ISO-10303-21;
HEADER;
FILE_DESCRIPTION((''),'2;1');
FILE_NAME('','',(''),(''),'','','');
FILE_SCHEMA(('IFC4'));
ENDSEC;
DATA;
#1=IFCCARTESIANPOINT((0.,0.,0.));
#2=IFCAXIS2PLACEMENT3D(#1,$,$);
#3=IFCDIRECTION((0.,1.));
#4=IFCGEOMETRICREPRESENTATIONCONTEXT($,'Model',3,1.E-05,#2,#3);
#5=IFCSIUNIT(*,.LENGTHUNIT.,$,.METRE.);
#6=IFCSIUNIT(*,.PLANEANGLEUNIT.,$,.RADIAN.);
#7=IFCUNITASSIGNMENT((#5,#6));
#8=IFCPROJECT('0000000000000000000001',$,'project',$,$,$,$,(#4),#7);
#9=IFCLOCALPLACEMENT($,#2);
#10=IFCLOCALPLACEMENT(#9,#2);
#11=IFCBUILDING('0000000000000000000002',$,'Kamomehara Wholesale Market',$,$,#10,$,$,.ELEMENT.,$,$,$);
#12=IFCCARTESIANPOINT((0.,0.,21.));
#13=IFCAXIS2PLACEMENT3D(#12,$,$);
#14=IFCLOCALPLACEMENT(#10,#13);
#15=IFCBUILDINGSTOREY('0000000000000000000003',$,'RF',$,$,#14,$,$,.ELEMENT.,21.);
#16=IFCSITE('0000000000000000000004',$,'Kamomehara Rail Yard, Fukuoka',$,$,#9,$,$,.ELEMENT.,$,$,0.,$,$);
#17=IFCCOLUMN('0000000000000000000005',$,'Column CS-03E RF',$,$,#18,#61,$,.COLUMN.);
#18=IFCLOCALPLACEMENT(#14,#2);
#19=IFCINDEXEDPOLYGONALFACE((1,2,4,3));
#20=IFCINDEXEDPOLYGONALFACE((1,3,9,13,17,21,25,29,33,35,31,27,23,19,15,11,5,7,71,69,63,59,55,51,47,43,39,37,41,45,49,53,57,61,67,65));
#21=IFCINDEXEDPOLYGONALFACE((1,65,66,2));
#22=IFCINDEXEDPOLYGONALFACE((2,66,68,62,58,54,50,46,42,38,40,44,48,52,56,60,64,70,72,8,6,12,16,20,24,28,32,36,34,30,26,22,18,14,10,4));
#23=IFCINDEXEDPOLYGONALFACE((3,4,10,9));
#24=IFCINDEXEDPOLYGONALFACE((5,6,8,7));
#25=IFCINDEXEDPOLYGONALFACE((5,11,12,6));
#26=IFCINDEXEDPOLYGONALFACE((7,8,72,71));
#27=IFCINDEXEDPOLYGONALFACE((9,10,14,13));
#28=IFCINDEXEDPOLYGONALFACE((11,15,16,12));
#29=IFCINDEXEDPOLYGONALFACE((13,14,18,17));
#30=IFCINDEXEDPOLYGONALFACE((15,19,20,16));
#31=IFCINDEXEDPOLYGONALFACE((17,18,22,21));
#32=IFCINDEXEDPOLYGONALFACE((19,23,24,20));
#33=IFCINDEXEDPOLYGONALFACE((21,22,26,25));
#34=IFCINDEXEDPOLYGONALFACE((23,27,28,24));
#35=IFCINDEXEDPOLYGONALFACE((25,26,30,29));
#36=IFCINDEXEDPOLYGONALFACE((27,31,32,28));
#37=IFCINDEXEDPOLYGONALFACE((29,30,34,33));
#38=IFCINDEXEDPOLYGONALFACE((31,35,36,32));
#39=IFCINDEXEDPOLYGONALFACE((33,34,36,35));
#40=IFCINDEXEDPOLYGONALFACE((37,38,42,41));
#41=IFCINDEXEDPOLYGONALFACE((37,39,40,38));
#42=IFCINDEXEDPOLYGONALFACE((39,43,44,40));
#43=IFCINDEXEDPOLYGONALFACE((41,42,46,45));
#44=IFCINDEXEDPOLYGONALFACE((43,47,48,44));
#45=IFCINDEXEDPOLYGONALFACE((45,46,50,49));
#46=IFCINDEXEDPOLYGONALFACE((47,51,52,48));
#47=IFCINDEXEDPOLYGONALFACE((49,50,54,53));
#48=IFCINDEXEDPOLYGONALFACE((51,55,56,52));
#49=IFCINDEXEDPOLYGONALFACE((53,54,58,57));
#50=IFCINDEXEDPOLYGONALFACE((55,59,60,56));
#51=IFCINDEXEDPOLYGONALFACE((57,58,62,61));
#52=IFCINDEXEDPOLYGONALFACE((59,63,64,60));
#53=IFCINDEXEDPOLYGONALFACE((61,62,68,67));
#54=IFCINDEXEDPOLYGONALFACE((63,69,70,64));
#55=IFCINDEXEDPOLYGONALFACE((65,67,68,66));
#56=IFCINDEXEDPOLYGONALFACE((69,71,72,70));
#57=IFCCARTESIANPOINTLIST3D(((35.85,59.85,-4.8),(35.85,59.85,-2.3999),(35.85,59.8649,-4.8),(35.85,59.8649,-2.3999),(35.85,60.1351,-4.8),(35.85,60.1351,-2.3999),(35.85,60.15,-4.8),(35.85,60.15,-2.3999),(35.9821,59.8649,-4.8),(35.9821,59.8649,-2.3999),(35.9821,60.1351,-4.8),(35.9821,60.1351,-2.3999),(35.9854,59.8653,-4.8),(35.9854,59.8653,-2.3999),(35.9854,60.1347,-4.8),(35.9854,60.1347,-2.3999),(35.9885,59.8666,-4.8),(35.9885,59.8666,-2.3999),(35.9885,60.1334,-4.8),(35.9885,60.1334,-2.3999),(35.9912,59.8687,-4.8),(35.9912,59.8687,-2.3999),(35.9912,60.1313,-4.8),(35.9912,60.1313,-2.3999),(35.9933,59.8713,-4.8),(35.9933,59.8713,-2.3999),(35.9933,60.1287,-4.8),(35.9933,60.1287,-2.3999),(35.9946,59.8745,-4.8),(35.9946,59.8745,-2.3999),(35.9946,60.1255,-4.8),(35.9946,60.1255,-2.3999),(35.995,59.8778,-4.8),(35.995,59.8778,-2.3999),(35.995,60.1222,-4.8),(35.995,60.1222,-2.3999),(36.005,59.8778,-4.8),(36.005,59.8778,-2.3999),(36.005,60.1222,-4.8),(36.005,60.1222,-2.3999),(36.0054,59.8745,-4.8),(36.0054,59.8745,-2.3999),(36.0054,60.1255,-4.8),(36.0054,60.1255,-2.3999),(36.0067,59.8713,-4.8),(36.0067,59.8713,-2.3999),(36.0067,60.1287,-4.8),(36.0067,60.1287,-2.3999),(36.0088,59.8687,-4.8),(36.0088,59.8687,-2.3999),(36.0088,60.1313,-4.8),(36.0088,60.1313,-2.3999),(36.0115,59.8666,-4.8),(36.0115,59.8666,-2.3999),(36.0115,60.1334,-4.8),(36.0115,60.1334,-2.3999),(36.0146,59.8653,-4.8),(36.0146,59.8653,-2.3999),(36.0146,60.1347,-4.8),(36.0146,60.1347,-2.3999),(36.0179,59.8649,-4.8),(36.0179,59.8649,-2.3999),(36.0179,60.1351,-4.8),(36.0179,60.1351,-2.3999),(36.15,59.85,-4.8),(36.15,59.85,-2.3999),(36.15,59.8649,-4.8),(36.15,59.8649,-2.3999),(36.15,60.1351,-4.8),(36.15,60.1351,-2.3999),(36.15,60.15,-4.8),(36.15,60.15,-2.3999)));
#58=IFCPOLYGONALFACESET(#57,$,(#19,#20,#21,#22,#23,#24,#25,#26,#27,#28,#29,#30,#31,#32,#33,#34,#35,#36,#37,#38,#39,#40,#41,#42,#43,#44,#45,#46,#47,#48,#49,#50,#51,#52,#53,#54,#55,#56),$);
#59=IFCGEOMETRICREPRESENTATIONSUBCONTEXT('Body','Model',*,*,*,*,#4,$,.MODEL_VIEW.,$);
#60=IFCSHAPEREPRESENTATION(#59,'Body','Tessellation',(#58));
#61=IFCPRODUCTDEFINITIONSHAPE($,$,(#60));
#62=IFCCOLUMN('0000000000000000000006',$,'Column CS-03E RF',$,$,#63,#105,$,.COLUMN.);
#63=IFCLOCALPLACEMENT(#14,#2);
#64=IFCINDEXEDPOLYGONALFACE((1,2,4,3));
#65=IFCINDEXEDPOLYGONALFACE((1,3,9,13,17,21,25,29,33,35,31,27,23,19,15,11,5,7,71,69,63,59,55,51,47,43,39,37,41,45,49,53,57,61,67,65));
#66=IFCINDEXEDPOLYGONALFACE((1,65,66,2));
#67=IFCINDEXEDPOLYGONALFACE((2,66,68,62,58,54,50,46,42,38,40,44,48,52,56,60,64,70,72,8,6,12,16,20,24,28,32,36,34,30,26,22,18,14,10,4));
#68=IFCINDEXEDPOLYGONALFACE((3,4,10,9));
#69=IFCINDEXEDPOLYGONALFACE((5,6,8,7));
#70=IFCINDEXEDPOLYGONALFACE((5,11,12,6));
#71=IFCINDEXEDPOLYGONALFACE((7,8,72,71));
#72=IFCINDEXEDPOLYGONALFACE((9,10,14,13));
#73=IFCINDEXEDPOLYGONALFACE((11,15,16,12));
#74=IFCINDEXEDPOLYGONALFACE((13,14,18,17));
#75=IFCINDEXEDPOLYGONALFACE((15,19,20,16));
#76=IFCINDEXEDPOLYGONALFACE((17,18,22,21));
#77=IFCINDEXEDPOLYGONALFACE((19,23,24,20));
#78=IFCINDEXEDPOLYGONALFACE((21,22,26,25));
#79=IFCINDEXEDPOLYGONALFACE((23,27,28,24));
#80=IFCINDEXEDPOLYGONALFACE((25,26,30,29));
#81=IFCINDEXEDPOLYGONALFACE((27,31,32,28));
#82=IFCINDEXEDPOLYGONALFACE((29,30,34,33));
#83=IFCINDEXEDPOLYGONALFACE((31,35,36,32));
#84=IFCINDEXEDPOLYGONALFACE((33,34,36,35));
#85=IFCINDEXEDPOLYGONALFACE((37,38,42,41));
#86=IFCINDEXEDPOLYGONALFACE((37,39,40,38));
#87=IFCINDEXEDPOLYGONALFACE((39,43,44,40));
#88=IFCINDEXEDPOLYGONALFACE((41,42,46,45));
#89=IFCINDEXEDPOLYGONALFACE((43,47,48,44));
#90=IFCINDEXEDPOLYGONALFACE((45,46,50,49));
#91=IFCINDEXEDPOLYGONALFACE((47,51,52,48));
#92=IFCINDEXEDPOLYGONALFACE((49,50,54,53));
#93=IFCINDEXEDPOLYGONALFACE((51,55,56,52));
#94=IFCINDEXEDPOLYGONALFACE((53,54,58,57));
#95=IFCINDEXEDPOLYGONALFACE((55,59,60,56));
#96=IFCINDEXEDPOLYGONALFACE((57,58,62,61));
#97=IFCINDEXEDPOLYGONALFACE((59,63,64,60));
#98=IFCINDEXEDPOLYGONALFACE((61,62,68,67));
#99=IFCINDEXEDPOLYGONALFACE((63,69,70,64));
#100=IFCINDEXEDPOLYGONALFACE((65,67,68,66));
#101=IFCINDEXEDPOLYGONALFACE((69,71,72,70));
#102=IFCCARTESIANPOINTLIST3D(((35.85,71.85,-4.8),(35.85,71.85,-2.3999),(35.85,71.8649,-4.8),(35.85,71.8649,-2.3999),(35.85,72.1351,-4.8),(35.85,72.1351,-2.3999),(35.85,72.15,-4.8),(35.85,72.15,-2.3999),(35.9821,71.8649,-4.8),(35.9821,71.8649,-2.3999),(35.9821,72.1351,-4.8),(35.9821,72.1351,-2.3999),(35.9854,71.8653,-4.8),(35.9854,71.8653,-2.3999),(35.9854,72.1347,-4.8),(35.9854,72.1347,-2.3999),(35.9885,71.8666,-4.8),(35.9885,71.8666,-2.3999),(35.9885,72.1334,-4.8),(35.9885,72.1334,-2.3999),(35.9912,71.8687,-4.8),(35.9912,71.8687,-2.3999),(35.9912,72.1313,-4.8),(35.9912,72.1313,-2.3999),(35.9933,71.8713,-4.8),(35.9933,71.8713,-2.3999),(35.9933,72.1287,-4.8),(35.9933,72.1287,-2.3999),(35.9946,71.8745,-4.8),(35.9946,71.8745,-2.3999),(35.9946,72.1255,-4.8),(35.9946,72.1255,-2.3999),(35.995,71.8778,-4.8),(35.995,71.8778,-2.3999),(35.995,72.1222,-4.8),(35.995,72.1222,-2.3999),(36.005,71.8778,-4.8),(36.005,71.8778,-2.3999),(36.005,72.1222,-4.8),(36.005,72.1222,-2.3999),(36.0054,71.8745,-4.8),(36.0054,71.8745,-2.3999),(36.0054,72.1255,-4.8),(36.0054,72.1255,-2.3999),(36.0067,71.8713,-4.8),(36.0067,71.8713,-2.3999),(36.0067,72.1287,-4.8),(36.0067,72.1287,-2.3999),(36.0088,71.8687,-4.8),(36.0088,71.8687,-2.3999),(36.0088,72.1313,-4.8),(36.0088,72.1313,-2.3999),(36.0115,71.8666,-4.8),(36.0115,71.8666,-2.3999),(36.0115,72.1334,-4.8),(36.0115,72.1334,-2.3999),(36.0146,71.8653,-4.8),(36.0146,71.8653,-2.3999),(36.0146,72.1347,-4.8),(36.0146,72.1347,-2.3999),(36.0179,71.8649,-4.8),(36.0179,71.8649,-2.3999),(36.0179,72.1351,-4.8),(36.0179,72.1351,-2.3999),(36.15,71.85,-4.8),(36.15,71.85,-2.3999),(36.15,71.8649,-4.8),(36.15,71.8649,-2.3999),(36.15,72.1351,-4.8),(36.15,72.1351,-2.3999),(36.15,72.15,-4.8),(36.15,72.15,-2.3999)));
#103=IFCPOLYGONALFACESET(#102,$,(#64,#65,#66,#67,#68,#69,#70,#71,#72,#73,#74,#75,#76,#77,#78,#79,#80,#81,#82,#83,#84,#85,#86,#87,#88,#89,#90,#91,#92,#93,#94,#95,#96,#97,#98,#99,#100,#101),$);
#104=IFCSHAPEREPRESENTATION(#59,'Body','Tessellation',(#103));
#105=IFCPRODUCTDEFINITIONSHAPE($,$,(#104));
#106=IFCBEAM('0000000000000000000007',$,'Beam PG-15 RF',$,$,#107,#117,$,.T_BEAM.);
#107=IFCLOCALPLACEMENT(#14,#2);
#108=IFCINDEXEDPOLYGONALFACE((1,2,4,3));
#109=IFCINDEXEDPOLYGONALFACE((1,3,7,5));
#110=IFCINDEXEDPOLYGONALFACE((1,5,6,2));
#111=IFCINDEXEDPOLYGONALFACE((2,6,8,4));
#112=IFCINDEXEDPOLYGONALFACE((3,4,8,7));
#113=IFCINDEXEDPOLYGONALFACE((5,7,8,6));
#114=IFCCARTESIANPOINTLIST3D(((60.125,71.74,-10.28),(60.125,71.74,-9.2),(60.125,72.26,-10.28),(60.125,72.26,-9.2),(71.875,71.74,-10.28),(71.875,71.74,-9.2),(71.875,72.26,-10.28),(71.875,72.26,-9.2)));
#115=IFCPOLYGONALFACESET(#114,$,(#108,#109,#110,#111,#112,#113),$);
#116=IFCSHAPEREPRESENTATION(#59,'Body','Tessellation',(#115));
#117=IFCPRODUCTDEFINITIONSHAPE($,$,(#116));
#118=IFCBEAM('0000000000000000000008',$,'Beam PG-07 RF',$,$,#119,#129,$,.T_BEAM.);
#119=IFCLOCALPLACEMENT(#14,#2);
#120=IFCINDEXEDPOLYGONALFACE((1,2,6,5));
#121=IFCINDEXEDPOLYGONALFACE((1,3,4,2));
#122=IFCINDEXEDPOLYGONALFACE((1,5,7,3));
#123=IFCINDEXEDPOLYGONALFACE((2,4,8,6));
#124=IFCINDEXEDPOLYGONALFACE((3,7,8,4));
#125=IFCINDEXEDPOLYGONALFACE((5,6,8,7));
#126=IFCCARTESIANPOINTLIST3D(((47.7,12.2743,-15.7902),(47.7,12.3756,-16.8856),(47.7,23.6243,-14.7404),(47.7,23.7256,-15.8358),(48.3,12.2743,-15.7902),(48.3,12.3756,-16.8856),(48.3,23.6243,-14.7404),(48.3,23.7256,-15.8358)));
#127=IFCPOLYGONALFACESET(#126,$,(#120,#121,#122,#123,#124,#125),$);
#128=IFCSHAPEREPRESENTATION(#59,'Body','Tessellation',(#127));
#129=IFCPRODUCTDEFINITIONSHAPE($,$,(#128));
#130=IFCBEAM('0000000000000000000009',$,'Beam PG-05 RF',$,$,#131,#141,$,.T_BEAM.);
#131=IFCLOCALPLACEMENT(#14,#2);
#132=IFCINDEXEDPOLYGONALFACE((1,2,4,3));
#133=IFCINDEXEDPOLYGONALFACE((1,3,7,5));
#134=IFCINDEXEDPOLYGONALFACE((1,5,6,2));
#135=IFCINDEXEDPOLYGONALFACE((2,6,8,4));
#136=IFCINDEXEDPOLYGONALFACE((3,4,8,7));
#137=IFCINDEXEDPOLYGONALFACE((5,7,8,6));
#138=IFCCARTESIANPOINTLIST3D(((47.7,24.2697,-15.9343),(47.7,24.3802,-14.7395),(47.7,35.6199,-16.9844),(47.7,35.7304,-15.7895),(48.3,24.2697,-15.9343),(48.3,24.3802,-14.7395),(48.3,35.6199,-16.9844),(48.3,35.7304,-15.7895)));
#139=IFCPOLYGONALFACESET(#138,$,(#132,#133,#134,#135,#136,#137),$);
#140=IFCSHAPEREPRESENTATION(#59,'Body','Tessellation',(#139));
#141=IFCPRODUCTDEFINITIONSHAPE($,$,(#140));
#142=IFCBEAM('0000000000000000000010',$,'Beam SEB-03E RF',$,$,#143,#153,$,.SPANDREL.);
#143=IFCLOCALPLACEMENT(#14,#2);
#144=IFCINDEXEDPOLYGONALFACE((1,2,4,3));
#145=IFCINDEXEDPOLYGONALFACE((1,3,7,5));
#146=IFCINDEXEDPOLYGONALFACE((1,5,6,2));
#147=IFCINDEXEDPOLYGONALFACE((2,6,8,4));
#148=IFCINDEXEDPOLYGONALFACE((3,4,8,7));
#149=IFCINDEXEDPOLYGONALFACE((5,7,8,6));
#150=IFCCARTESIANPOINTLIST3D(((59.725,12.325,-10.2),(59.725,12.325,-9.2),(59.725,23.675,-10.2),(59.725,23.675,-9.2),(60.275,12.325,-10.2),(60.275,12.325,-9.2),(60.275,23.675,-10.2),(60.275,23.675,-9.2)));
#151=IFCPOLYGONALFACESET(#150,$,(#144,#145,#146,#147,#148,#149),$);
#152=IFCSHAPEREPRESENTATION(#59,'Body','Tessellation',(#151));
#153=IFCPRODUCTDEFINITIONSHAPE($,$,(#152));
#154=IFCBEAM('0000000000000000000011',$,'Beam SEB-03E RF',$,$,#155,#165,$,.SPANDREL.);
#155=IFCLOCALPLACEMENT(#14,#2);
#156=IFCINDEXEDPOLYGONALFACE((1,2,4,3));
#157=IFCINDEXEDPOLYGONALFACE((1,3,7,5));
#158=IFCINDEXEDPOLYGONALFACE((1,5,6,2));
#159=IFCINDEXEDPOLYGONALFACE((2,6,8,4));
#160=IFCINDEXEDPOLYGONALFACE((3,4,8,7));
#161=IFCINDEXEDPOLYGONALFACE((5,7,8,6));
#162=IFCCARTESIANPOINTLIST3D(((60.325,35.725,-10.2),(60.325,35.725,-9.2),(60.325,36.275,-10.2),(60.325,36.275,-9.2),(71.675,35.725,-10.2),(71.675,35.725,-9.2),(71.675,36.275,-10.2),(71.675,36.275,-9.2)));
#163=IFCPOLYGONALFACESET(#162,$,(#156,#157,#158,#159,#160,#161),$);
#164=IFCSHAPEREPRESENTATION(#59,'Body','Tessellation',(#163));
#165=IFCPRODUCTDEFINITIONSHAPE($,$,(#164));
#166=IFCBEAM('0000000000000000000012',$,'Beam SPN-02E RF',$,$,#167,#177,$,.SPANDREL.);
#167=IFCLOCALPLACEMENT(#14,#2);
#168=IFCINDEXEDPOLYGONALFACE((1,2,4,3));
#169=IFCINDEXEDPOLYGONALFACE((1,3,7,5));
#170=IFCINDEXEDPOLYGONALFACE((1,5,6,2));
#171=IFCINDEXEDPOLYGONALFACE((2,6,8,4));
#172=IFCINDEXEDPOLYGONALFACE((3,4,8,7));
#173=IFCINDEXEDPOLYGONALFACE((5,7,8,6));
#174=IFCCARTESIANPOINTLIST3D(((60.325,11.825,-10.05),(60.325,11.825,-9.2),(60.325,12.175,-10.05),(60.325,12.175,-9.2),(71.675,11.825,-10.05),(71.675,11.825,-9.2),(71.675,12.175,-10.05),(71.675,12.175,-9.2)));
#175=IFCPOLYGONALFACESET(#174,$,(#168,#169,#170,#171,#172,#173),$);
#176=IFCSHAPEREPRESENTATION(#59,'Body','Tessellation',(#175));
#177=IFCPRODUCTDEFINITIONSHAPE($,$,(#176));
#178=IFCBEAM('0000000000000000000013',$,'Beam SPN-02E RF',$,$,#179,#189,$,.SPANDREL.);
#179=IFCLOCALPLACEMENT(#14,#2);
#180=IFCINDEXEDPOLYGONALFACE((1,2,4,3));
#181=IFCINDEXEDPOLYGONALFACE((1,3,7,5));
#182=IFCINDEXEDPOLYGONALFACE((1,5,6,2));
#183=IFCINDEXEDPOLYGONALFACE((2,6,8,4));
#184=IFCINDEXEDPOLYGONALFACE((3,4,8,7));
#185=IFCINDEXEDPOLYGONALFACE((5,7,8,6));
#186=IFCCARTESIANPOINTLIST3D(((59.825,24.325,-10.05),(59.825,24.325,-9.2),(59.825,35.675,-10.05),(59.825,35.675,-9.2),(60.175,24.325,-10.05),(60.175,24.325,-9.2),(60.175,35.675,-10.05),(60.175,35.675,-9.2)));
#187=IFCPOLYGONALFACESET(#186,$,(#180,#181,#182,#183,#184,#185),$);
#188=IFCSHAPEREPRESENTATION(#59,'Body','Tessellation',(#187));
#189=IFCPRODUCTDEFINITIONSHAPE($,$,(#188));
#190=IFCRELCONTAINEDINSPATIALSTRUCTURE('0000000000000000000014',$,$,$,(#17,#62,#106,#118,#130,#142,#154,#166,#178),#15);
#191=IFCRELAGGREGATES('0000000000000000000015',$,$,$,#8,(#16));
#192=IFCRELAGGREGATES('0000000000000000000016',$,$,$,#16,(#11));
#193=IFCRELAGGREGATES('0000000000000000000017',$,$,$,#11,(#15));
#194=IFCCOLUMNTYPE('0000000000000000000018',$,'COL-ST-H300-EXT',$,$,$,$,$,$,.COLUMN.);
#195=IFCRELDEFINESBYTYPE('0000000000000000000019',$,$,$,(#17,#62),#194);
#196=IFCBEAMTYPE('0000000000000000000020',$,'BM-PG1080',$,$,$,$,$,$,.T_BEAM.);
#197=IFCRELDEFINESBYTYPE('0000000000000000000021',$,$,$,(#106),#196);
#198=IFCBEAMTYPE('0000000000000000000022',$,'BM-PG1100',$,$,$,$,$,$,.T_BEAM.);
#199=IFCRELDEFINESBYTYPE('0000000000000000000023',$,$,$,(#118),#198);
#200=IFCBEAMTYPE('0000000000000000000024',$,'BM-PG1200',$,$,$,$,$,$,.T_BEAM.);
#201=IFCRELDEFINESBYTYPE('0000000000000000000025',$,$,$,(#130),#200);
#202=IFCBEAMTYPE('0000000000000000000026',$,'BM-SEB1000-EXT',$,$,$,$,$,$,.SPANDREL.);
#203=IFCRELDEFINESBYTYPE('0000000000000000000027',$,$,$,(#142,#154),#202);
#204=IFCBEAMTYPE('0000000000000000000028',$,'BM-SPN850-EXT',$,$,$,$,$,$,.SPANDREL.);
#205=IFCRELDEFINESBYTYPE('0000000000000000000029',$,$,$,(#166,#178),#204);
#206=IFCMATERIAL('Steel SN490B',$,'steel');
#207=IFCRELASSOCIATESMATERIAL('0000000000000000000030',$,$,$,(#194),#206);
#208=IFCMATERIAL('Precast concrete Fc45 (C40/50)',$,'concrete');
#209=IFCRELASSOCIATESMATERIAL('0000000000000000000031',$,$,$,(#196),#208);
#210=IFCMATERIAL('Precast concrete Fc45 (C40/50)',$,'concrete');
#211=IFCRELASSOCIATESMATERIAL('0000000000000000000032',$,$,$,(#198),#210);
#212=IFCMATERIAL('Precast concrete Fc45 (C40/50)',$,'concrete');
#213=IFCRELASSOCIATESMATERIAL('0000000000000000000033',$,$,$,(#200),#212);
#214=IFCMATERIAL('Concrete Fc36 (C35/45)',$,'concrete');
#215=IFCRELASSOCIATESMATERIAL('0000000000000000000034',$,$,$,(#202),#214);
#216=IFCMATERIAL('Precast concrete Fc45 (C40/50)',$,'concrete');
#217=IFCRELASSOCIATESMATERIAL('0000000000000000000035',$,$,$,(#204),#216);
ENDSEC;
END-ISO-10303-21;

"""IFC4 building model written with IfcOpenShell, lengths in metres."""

from ifc_helpers import new_model, si_unit, direction, frame, origin, origin_2d, place, context, subcontext, project, spatial, rectangle, i_section, extrude, material, material_profile, profile_set, type_object, element, save


model = new_model("IFC4")

# Units and contexts
model_context = context("Model", 3, precision=1e-05, world=origin(), true_north=direction((0.0, 1.0)))
body_context = subcontext(model_context, "Body", "Model", "MODEL_VIEW")
ifc_project = project(units=[si_unit("LENGTHUNIT", "METRE"), si_unit("PLANEANGLEUNIT", "RADIAN")], contexts=[model_context])

# Site, building, storey
site_placement = place(None, origin())
site = spatial("IfcSite", under=ifc_project, at=site_placement, Name="Kamomehara Rail Yard, Fukuoka", CompositionType="ELEMENT", RefElevation=0.0)
building_placement = place(site_placement, origin())
building = spatial("IfcBuilding", under=site, at=building_placement, Name="Kamomehara Wholesale Market", CompositionType="ELEMENT")
storey_placement = place(building_placement, frame((0.0, 0.0, 21.0)))
storey = spatial("IfcBuildingStorey", under=building, at=storey_placement, Name="RF", CompositionType="ELEMENT", Elevation=21.0)

# Columns
ifc_material_1 = material(Name="Steel SN490B", Category="steel")
ifc_material_profile_1 = material_profile(ifc_material_1, i_section(OverallWidth=0.3, OverallDepth=0.3, WebThickness=0.01, FlangeThickness=0.0149, FilletRadius=0.0129, at=origin_2d()), Name="H-300x300x10x15")
ifc_profile_set_1 = profile_set([ifc_material_profile_1], Name="Steel SN490B")
column_type = type_object("IfcColumnType", Name="COL-ST-H300-EXT", PredefinedType="COLUMN", material=ifc_profile_set_1)
for number, where, z_axis, x_axis, name in (
    (1, (36.0, 60.0, -4.8), (0.0, 0.0, 1.0), (1.0, 0.0, 0.0), "Column CS-03E RF"),
    (2, (36.0, 72.0, -4.8), (0.0, 0.0, 1.0), (1.0, 0.0, 0.0), "Column CS-03E RF"),
):
    element("IfcColumn", number, at=place(storey_placement, frame(where, z_axis=z_axis, x_axis=x_axis)), inside=storey, type_object=column_type, Name=name, PredefinedType="COLUMN", context=body_context, shape_type="SweptSolid", body=[
        extrude(i_section(OverallWidth=0.3, OverallDepth=0.3, WebThickness=0.01, FlangeThickness=0.0149, FilletRadius=0.0129, at=origin_2d()), origin(), (0.0, 0.0, 1.0), 2.4001),
    ])

# Beams
ifc_material_2 = material(Name="Precast concrete Fc45 (C40/50)", Category="concrete")
ifc_material_profile_2 = material_profile(ifc_material_2, rectangle(XDim=0.52, YDim=1.0801, at=origin_2d()), Name="PC-GRD-520x1080")
ifc_profile_set_2 = profile_set([ifc_material_profile_2], Name="Precast concrete Fc45 (C40/50)")
beam_type_1 = type_object("IfcBeamType", Name="BM-PG1080", PredefinedType="T_BEAM", material=ifc_profile_set_2)
beam_1_placement = place(storey_placement, frame((60.125, 72.0, -9.74), z_axis=(1.0, 0.0, 0.0), x_axis=(0.0, 1.0, 0.0)))
element("IfcBeam", 3, at=beam_1_placement, inside=storey, type_object=beam_type_1, Name="Beam PG-15 RF", PredefinedType="T_BEAM", context=body_context, shape_type="SweptSolid", body=[
    extrude(rectangle(XDim=0.52, YDim=1.0801, at=origin_2d()), origin(), (0.0, 0.0, 1.0), 11.75),
])
ifc_material_3 = material(Name="Precast concrete Fc45 (C40/50)", Category="concrete")
ifc_material_profile_3 = material_profile(ifc_material_3, rectangle(XDim=0.6001, YDim=1.1001, at=origin_2d()), Name="PC-GRD-600x1100")
ifc_profile_set_3 = profile_set([ifc_material_profile_3], Name="Precast concrete Fc45 (C40/50)")
beam_type_2 = type_object("IfcBeamType", Name="BM-PG1100", PredefinedType="T_BEAM", material=ifc_profile_set_3)
beam_2_placement = place(storey_placement, frame((48.0, 12.325, -16.3379), z_axis=(0.0, 0.99575, 0.0921), x_axis=(-1.0, 0.0, 0.0)))
element("IfcBeam", 4, at=beam_2_placement, inside=storey, type_object=beam_type_2, Name="Beam PG-07 RF", PredefinedType="T_BEAM", context=body_context, shape_type="SweptSolid", body=[
    extrude(rectangle(XDim=0.6001, YDim=1.1001, at=origin_2d()), origin(), (0.0, 0.0, 1.0), 11.3984),
])
ifc_material_4 = material(Name="Precast concrete Fc45 (C40/50)", Category="concrete")
ifc_material_profile_4 = material_profile(ifc_material_4, rectangle(XDim=0.6001, YDim=1.2, at=origin_2d()), Name="PC-GRD-600x1200")
ifc_profile_set_4 = profile_set([ifc_material_profile_4], Name="Precast concrete Fc45 (C40/50)")
beam_type_3 = type_object("IfcBeamType", Name="BM-PG1200", PredefinedType="T_BEAM", material=ifc_profile_set_4)
beam_3_placement = place(storey_placement, frame((48.0, 24.325, -15.3369), z_axis=(0.0, 0.995748, -0.092121), x_axis=(-1.0, 0.0, 0.0)))
element("IfcBeam", 5, at=beam_3_placement, inside=storey, type_object=beam_type_3, Name="Beam PG-05 RF", PredefinedType="T_BEAM", context=body_context, shape_type="SweptSolid", body=[
    extrude(rectangle(XDim=0.6001, YDim=1.2, at=origin_2d()), origin(), (0.0, 0.0, 1.0), 11.3987),
])
ifc_material_5 = material(Name="Concrete Fc36 (C35/45)", Category="concrete")
ifc_material_profile_5 = material_profile(ifc_material_5, rectangle(XDim=0.55, YDim=1.0, at=origin_2d()), Name="RC-SEB-550x1000")
ifc_profile_set_5 = profile_set([ifc_material_profile_5], Name="Concrete Fc36 (C35/45)")
beam_type_4 = type_object("IfcBeamType", Name="BM-SEB1000-EXT", PredefinedType="SPANDREL", material=ifc_profile_set_5)
for number, where, z_axis, x_axis, name in (
    (6, (60.0, 12.325, -9.7), (0.0, 1.0, 0.0), (-1.0, 0.0, 0.0), "Beam SEB-03E RF"),
    (7, (60.325, 36.0, -9.7), (1.0, 0.0, 0.0), (0.0, 1.0, 0.0), "Beam SEB-03E RF"),
):
    element("IfcBeam", number, at=place(storey_placement, frame(where, z_axis=z_axis, x_axis=x_axis)), inside=storey, type_object=beam_type_4, Name=name, PredefinedType="SPANDREL", context=body_context, shape_type="SweptSolid", body=[
        extrude(rectangle(XDim=0.55, YDim=1.0, at=origin_2d()), origin(), (0.0, 0.0, 1.0), 11.3501),
    ])
ifc_material_6 = material(Name="Precast concrete Fc45 (C40/50)", Category="concrete")
ifc_material_profile_6 = material_profile(ifc_material_6, rectangle(XDim=0.3501, YDim=0.8501, at=origin_2d()), Name="PC-SPN-350x850")
ifc_profile_set_6 = profile_set([ifc_material_profile_6], Name="Precast concrete Fc45 (C40/50)")
beam_type_5 = type_object("IfcBeamType", Name="BM-SPN850-EXT", PredefinedType="SPANDREL", material=ifc_profile_set_6)
for number, where, z_axis, x_axis, name in (
    (8, (60.325, 12.0, -9.625), (1.0, 0.0, 0.0), (0.0, 1.0, 0.0), "Beam SPN-02E RF"),
    (9, (60.0, 24.325, -9.625), (0.0, 1.0, 0.0), (-1.0, 0.0, 0.0), "Beam SPN-02E RF"),
):
    element("IfcBeam", number, at=place(storey_placement, frame(where, z_axis=z_axis, x_axis=x_axis)), inside=storey, type_object=beam_type_5, Name=name, PredefinedType="SPANDREL", context=body_context, shape_type="SweptSolid", body=[
        extrude(rectangle(XDim=0.3501, YDim=0.8501, at=origin_2d()), origin(), (0.0, 0.0, 1.0), 11.3501),
    ])

save(model, "model.ifc")
